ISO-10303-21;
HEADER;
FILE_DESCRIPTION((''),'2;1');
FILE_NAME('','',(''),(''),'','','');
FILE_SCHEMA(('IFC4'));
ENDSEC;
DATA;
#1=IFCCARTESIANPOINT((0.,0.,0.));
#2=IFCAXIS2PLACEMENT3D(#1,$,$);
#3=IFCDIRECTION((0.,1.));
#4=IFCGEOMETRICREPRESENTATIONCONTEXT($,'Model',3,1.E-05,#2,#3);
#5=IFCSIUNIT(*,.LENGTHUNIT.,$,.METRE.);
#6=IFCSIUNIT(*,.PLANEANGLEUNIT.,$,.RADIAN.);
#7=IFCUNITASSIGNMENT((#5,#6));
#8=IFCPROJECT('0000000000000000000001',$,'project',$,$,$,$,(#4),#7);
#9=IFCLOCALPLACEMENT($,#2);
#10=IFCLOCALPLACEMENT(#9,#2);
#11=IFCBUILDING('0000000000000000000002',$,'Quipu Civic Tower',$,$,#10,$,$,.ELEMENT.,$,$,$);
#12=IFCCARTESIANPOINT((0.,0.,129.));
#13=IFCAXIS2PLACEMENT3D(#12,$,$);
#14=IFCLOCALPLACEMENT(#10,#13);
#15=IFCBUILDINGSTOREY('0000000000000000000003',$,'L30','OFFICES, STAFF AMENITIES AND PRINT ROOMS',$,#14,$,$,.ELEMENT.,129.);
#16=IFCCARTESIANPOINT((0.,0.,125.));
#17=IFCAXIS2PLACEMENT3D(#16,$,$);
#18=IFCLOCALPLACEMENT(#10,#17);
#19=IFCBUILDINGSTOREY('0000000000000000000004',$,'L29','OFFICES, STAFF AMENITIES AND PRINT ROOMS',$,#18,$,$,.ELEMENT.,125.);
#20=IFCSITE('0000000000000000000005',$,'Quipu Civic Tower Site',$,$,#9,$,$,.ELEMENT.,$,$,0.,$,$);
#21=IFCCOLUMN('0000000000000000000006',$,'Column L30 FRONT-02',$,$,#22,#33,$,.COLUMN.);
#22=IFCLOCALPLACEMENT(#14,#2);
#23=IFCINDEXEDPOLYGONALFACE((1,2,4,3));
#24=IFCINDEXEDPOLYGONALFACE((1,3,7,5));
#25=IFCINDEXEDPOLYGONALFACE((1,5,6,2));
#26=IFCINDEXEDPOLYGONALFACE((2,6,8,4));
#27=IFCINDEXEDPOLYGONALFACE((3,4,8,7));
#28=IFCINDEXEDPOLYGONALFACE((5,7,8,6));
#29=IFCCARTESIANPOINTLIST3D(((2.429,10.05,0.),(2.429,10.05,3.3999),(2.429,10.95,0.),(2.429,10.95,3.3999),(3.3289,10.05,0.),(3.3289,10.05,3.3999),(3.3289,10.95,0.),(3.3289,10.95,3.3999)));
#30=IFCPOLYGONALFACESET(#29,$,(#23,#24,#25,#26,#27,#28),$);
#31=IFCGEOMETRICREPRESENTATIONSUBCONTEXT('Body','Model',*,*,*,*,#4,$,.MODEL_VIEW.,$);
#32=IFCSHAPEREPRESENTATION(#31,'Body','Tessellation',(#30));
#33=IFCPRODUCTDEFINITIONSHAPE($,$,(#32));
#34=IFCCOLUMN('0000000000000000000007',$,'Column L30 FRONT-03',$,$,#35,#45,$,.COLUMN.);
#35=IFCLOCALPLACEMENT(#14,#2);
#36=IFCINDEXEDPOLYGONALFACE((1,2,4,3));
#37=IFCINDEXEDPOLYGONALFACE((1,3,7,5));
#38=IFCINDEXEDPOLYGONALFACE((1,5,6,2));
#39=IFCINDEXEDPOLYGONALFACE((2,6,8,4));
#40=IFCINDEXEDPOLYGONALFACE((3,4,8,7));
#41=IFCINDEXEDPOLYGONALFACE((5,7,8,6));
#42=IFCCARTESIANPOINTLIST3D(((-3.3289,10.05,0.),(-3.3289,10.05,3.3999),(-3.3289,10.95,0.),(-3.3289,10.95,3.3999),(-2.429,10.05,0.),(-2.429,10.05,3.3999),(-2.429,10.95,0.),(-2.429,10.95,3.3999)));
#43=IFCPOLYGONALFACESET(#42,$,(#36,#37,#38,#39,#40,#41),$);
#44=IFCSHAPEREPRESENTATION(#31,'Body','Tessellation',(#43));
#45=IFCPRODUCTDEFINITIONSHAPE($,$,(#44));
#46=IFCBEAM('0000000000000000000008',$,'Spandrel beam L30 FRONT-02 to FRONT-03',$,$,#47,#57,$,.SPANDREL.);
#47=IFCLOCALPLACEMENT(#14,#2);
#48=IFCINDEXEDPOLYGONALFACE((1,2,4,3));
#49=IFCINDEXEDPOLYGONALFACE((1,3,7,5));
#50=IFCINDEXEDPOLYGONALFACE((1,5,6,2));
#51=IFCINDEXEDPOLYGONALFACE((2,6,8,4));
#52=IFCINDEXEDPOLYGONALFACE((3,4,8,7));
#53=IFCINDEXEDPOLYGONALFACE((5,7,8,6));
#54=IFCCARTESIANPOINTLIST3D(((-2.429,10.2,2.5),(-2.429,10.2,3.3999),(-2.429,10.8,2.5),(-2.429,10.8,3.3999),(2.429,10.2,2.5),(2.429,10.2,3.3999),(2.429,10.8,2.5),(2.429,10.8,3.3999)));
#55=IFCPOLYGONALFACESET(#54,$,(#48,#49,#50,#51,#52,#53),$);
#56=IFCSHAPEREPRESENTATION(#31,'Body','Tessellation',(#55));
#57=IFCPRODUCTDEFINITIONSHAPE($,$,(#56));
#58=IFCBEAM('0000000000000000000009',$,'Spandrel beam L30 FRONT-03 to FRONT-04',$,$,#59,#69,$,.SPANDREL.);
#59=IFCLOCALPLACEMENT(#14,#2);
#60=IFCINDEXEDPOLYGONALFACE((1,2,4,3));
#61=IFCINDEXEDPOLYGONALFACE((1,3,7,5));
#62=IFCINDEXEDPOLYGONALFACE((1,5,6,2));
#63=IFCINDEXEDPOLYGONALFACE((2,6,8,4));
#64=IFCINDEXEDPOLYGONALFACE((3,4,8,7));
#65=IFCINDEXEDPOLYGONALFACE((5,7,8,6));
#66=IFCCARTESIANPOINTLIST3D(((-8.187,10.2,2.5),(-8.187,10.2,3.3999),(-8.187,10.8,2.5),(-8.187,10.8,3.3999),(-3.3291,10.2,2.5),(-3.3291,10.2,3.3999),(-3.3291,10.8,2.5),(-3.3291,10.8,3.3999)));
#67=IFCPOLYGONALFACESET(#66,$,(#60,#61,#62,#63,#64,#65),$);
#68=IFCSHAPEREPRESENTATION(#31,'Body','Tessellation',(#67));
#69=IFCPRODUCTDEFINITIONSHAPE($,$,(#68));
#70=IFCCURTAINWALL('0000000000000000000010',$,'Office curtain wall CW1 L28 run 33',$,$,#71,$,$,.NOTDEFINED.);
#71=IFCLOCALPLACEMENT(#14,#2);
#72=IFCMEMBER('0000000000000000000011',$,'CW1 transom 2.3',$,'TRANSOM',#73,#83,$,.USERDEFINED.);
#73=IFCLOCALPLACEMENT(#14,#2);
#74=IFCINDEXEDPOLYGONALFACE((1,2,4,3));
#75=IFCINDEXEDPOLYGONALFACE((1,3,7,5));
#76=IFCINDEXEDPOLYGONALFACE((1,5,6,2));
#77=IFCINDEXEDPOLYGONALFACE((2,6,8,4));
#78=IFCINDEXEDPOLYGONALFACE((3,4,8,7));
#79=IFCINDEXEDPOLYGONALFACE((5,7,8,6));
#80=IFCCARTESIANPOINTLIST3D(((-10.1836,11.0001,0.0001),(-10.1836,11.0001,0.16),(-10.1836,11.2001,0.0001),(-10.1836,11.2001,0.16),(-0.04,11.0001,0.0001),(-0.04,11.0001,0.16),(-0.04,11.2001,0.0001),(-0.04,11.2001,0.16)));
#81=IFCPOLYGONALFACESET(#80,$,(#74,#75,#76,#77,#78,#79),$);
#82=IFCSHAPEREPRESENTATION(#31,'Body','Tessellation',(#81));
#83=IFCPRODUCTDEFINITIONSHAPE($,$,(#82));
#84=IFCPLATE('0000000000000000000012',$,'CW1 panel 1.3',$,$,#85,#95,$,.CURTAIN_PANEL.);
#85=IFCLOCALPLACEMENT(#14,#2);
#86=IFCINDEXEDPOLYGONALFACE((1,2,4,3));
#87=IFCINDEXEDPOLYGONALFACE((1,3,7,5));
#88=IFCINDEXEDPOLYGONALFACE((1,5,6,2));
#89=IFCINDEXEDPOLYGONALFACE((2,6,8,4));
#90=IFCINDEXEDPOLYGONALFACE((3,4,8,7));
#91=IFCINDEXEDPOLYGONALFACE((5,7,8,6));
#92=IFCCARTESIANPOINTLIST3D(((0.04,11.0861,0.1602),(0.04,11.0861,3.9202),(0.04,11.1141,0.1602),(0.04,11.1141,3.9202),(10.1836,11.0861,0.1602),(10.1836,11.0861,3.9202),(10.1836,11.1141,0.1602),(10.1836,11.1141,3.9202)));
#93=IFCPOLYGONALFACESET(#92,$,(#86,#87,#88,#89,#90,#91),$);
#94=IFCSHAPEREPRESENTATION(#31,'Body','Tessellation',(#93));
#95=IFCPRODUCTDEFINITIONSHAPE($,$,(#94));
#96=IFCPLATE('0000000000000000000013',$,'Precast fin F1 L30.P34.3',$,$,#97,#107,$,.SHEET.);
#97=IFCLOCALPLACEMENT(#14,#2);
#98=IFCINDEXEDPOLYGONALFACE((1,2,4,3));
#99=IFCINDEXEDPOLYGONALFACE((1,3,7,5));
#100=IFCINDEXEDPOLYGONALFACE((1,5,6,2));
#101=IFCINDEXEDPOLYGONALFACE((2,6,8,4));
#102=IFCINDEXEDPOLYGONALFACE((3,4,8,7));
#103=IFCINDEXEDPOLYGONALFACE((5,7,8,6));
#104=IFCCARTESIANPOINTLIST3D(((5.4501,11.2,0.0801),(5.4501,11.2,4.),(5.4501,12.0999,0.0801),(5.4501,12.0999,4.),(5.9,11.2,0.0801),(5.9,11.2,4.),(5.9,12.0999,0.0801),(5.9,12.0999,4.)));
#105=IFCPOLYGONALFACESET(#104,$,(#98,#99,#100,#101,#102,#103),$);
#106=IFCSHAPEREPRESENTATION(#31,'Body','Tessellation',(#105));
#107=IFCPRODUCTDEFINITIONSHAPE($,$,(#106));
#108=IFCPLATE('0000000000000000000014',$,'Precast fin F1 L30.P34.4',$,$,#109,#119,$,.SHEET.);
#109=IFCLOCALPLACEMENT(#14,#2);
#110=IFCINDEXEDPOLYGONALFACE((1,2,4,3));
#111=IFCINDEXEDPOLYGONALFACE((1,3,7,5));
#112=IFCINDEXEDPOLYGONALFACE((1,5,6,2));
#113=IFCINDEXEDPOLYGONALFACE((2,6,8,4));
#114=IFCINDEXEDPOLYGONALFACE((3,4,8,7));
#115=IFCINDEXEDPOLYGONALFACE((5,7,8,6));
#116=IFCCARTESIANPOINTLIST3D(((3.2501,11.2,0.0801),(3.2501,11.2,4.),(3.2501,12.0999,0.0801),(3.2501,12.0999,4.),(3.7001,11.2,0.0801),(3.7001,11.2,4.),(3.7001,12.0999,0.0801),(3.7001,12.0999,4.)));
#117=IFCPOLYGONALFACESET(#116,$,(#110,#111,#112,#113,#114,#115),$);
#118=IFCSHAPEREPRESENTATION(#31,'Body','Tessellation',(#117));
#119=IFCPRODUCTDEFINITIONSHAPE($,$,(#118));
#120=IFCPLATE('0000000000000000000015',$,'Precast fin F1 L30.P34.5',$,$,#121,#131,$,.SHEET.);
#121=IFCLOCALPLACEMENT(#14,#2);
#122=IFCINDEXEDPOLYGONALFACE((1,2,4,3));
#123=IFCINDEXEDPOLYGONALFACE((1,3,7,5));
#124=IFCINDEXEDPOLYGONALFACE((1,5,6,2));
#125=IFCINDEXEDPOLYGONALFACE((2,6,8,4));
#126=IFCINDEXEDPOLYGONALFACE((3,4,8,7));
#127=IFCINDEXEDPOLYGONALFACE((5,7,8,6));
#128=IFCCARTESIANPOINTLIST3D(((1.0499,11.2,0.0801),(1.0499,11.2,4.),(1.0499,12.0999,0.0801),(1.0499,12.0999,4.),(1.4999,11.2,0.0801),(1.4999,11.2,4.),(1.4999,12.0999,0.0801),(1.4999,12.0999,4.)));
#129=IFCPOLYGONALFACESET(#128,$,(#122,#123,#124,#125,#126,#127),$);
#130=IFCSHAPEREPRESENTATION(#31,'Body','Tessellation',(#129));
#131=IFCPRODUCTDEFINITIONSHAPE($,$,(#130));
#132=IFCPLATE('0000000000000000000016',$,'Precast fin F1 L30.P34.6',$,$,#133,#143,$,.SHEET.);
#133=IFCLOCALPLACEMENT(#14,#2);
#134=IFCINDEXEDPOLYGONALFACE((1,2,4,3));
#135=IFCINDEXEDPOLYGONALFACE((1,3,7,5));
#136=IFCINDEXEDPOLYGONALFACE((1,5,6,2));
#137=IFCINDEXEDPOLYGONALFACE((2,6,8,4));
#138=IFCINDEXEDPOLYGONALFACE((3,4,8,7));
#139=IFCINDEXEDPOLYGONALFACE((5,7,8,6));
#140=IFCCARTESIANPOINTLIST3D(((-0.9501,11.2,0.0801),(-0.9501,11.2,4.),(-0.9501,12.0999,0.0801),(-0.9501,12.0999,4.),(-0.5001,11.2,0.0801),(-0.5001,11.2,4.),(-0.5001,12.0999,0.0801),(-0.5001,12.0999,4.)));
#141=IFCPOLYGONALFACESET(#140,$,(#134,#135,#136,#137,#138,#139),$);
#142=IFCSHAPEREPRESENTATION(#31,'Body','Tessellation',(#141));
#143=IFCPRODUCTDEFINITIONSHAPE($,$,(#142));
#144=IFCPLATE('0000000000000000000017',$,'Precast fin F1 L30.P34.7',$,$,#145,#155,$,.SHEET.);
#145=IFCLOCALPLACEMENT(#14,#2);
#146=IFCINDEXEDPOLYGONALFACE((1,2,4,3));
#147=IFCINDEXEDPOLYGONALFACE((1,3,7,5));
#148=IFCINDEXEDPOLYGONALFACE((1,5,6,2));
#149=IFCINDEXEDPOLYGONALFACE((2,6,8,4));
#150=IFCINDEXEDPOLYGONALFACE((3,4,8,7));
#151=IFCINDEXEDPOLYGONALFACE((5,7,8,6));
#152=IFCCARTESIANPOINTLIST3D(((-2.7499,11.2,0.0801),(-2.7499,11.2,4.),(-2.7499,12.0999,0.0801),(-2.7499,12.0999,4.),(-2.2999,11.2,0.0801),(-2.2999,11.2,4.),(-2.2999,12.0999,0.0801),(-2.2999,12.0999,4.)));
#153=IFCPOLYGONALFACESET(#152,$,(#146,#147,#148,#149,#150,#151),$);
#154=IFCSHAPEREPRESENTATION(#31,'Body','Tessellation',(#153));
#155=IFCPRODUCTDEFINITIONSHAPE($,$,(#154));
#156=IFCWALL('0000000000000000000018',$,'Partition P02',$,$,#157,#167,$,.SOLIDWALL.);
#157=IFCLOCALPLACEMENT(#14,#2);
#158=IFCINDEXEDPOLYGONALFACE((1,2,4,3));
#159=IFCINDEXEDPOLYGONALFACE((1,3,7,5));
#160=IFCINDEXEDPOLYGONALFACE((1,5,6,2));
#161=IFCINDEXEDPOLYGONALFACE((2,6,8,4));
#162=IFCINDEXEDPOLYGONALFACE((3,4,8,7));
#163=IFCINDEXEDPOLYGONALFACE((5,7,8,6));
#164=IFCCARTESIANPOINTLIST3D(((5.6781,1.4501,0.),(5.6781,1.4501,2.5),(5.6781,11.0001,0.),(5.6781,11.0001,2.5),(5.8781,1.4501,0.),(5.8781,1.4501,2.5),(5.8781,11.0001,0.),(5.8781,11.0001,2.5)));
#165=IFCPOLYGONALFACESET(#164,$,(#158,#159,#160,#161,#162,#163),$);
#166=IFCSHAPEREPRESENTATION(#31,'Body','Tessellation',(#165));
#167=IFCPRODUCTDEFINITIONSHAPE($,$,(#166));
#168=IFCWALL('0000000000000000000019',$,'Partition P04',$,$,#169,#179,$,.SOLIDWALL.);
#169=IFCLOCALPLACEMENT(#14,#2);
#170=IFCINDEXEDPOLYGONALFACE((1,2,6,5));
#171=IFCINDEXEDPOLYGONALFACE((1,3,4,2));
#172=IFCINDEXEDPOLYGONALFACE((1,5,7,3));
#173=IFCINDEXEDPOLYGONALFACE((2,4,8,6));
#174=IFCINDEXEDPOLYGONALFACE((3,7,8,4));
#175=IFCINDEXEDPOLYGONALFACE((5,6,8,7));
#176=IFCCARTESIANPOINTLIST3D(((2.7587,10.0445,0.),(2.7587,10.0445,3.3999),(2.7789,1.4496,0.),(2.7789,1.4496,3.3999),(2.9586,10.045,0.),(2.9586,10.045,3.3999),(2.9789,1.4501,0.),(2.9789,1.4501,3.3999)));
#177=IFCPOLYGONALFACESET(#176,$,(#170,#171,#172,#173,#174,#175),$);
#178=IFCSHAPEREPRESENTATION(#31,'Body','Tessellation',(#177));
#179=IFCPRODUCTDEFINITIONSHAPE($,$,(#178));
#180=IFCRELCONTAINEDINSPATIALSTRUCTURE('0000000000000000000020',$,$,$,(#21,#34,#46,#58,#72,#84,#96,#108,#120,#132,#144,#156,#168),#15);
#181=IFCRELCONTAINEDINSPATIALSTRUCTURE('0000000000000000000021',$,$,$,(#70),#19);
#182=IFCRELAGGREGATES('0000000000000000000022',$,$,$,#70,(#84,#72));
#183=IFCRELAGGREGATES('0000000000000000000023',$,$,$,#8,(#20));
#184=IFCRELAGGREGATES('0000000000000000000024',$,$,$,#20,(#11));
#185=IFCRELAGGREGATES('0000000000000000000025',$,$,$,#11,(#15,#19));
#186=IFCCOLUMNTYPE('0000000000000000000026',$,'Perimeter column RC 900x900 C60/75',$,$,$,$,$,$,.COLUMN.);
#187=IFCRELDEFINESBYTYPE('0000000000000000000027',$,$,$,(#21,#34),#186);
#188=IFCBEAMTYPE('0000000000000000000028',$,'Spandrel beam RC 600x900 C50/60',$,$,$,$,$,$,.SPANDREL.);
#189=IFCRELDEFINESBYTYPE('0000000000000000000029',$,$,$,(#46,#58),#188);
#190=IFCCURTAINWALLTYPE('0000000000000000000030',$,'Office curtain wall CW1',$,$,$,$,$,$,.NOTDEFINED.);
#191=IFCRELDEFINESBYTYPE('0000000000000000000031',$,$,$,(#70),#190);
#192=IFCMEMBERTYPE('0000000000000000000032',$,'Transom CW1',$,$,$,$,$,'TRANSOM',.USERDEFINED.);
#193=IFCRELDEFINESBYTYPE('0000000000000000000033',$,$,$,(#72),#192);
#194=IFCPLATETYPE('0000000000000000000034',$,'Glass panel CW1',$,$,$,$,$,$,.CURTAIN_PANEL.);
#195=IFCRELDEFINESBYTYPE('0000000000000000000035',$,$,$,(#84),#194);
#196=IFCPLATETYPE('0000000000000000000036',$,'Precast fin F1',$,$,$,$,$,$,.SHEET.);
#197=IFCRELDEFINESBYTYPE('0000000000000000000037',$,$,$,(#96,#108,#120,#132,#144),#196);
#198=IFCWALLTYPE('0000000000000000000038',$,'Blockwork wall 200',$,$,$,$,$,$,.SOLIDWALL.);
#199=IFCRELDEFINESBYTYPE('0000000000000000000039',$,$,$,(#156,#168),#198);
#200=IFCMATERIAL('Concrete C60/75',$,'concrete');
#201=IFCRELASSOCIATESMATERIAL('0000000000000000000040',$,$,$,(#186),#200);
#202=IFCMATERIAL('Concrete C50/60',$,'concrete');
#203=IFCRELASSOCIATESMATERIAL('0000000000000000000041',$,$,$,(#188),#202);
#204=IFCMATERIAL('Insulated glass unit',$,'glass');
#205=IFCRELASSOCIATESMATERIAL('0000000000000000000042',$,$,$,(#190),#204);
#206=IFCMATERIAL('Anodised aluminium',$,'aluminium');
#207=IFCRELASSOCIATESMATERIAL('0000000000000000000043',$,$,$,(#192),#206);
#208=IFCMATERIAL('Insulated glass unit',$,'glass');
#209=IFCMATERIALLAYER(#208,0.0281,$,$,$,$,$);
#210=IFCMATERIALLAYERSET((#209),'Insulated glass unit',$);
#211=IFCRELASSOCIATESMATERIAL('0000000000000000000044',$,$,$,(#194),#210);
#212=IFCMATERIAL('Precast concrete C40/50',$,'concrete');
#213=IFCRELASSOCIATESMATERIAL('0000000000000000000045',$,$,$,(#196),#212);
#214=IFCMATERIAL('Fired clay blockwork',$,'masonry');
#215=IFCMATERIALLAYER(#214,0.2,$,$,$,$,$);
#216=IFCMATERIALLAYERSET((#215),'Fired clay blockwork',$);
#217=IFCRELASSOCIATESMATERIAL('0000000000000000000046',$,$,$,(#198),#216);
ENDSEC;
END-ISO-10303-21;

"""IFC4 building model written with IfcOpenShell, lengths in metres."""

from ifc_helpers import new_model, si_unit, direction, frame, frame_2d, origin, origin_2d, place, context, subcontext, project, spatial, rectangle, extrude, material, layer, layer_set, material_profile, profile_set, type_object, element, aggregate, save


model = new_model("IFC4")

# Units and contexts
model_context = context("Model", 3, precision=1e-05, world=origin(), true_north=direction((0.0, 1.0)))
body_context = subcontext(model_context, "Body", "Model", "MODEL_VIEW")
ifc_project = project(units=[si_unit("LENGTHUNIT", "METRE"), si_unit("PLANEANGLEUNIT", "RADIAN")], contexts=[model_context])

# Site, building, storey
site_placement = place(None, origin())
site = spatial("IfcSite", under=ifc_project, at=site_placement, Name="Quipu Civic Tower Site", CompositionType="ELEMENT", RefElevation=0.0)
building_placement = place(site_placement, origin())
building = spatial("IfcBuilding", under=site, at=building_placement, Name="Quipu Civic Tower", CompositionType="ELEMENT")
storey_1_placement = place(building_placement, frame((0.0, 0.0, 129.0)))
storey_1 = spatial("IfcBuildingStorey", under=building, at=storey_1_placement, Name="L30", Description="OFFICES, STAFF AMENITIES AND PRINT ROOMS", CompositionType="ELEMENT", Elevation=129.0)

# Columns
ifc_material_1 = material(Name="Concrete C60/75", Category="concrete")
ifc_material_profile_1 = material_profile(ifc_material_1, rectangle(XDim=0.8999, YDim=0.8999, at=origin_2d()), Name="RC900x900")
ifc_profile_set_1 = profile_set([ifc_material_profile_1], Name="Concrete C60/75")
column_type = type_object("IfcColumnType", Name="Perimeter column RC 900x900 C60/75", PredefinedType="COLUMN", material=ifc_profile_set_1)
for number, where, z_axis, x_axis, name in (
    (1, (2.8789, 10.5, 0.0), (0.0, 0.0, 1.0), (-1.0, 0.0, 0.0), "Column L30 FRONT-02"),
    (2, (-2.8789, 10.5, 0.0), (0.0, 0.0, 1.0), (-1.0, 0.0, 0.0), "Column L30 FRONT-03"),
):
    element("IfcColumn", number, at=place(storey_1_placement, frame(where, z_axis=z_axis, x_axis=x_axis)), inside=storey_1, type_object=column_type, Name=name, PredefinedType="COLUMN", context=body_context, shape_type="SweptSolid", body=[
        extrude(rectangle(XDim=0.8999, YDim=0.8999, at=origin_2d()), origin(), (0.0, 0.0, 1.0), 3.3999),
    ])

# Beams
ifc_material_2 = material(Name="Concrete C50/60", Category="concrete")
ifc_material_profile_2 = material_profile(ifc_material_2, rectangle(XDim=0.6001, YDim=0.8999, at=origin_2d()), Name="RC600x900")
ifc_profile_set_2 = profile_set([ifc_material_profile_2], Name="Concrete C50/60")
beam_type = type_object("IfcBeamType", Name="Spandrel beam RC 600x900 C50/60", PredefinedType="SPANDREL", material=ifc_profile_set_2)
for number, where, z_axis, x_axis, name in (
    (3, (2.429, 10.5, 2.95), (-1.0, 0.0, 0.0), (0.0, -1.0, 0.0), "Spandrel beam L30 FRONT-02 to FRONT-03"),
    (4, (-3.3291, 10.5, 2.95), (-1.0, 0.0, 0.0), (0.0, -1.0, 0.0), "Spandrel beam L30 FRONT-03 to FRONT-04"),
):
    element("IfcBeam", number, at=place(storey_1_placement, frame(where, z_axis=z_axis, x_axis=x_axis)), inside=storey_1, type_object=beam_type, Name=name, PredefinedType="SPANDREL", context=body_context, shape_type="SweptSolid", body=[
        extrude(rectangle(XDim=0.6001, YDim=0.8999, at=origin_2d()), origin(), (0.0, 0.0, 1.0), 4.8579),
    ])

# Shared definitions
storey_2_placement = place(building_placement, frame((0.0, 0.0, 125.0)))
storey_2 = spatial("IfcBuildingStorey", under=building, at=storey_2_placement, Name="L29", Description="OFFICES, STAFF AMENITIES AND PRINT ROOMS", CompositionType="ELEMENT", Elevation=125.0)

# Curtain wall, member, plate
ifc_material_3 = material(Name="Insulated glass unit", Category="glass")
curtain_wall_type = type_object("IfcCurtainWallType", Name="Office curtain wall CW1", PredefinedType="NOTDEFINED", material=ifc_material_3)
curtain_wall_placement = place(storey_2_placement, origin())
curtain_wall = element("IfcCurtainWall", 5, at=curtain_wall_placement, inside=storey_2, type_object=curtain_wall_type, Name="Office curtain wall CW1 L28 run 33", PredefinedType="NOTDEFINED")
ifc_material_4 = material(Name="Anodised aluminium", Category="aluminium")
ifc_material_profile_3 = material_profile(ifc_material_4, rectangle(XDim=0.2, YDim=0.1599, at=origin_2d()), Name="RECT 200x160")
ifc_profile_set_3 = profile_set([ifc_material_profile_3], Name="Anodised aluminium")
member_type = type_object("IfcMemberType", Name="Transom CW1", ElementType="TRANSOM", PredefinedType="USERDEFINED", material=ifc_profile_set_3)
member_placement = place(storey_1_placement, frame((-0.04, 11.1001, 0.0801), z_axis=(-1.0, 0.0, 0.0), x_axis=(0.0, -1.0, 0.0)))
member = element("IfcMember", 6, at=member_placement, inside=storey_1, type_object=member_type, Name="CW1 transom 2.3", ObjectType="TRANSOM", PredefinedType="USERDEFINED", context=body_context, shape_type="SweptSolid", body=[
    extrude(rectangle(XDim=0.2, YDim=0.1599, at=origin_2d()), origin(), (0.0, 0.0, 1.0), 10.1436),
])
ifc_material_5 = material(Name="Insulated glass unit", Category="glass")
ifc_layer_1 = layer(ifc_material_5, 0.0281)
ifc_layer_set_1 = layer_set([ifc_layer_1], Name="Insulated glass unit")
plate_type_1 = type_object("IfcPlateType", Name="Glass panel CW1", PredefinedType="CURTAIN_PANEL", material=ifc_layer_set_1)
plate_placement = place(storey_1_placement, frame((5.1118, 11.1001, 0.1602), z_axis=(0.0, 0.0, 1.0), x_axis=(-1.0, 0.0, 0.0)))
plate = element("IfcPlate", 7, at=plate_placement, inside=storey_1, type_object=plate_type_1, Name="CW1 panel 1.3", PredefinedType="CURTAIN_PANEL", context=body_context, shape_type="SweptSolid", body=[
    extrude(rectangle(XDim=10.1436, YDim=0.0281, at=origin_2d()), origin(), (0.0, 0.0, 1.0), 3.76),
])
aggregate(curtain_wall, [plate, member])

# Plates
ifc_material_6 = material(Name="Precast concrete C40/50", Category="concrete")
plate_type_2 = type_object("IfcPlateType", Name="Precast fin F1", PredefinedType="SHEET", material=ifc_material_6)
for number, where, z_axis, x_axis, name in (
    (8, (5.675, 11.6499, 0.0801), (0.0, 0.0, 1.0), (-1.0, 0.0, 0.0), "Precast fin F1 L30.P34.3"),
    (9, (3.4751, 11.6499, 0.0801), (0.0, 0.0, 1.0), (-1.0, 0.0, 0.0), "Precast fin F1 L30.P34.4"),
    (10, (1.2749, 11.6499, 0.0801), (0.0, 0.0, 1.0), (-1.0, 0.0, 0.0), "Precast fin F1 L30.P34.5"),
    (11, (-0.7251, 11.6499, 0.0801), (0.0, 0.0, 1.0), (-1.0, 0.0, 0.0), "Precast fin F1 L30.P34.6"),
    (12, (-2.5249, 11.6499, 0.0801), (0.0, 0.0, 1.0), (-1.0, 0.0, 0.0), "Precast fin F1 L30.P34.7"),
):
    element("IfcPlate", number, at=place(storey_1_placement, frame(where, z_axis=z_axis, x_axis=x_axis)), inside=storey_1, type_object=plate_type_2, Name=name, PredefinedType="SHEET", context=body_context, shape_type="SweptSolid", body=[
        extrude(rectangle(XDim=0.45, YDim=0.8999, at=origin_2d()), origin(), (0.0, 0.0, 1.0), 3.9199),
    ])

# Walls
ifc_material_7 = material(Name="Fired clay blockwork", Category="masonry")
ifc_layer_2 = layer(ifc_material_7, 0.2)
ifc_layer_set_2 = layer_set([ifc_layer_2], Name="Fired clay blockwork")
wall_type_1 = type_object("IfcWallType", Name="Blockwork wall 200", PredefinedType="SOLIDWALL", material=ifc_layer_set_2)
wall_1_placement = place(storey_1_placement, frame((5.7781, 11.0, 0.0), z_axis=(0.0, 0.0, 1.0), x_axis=(0.0, -1.0, 0.0)))
element("IfcWall", 13, at=wall_1_placement, inside=storey_1, type_object=wall_type_1, Name="Partition P02", PredefinedType="SOLIDWALL", context=body_context, shape_type="SweptSolid", body=[
    extrude(rectangle(XDim=9.55, YDim=0.2, at=frame_2d((4.7749, 0.0))), origin(), (0.0, 0.0, 1.0), 2.5),
])
wall_2_placement = place(storey_1_placement, frame((2.8789, 1.45, 0.0), z_axis=(0.0, 0.0, 1.0), x_axis=(-0.002358, 0.999997, 0.0)))
element("IfcWall", 14, at=wall_2_placement, inside=storey_1, type_object=wall_type_1, Name="Partition P04", PredefinedType="SOLIDWALL", context=body_context, shape_type="SweptSolid", body=[
    extrude(rectangle(XDim=8.595, YDim=0.2, at=frame_2d((4.2974, 0.0))), origin(), (0.0, 0.0, 1.0), 3.3999),
])

save(model, "model.ifc")
